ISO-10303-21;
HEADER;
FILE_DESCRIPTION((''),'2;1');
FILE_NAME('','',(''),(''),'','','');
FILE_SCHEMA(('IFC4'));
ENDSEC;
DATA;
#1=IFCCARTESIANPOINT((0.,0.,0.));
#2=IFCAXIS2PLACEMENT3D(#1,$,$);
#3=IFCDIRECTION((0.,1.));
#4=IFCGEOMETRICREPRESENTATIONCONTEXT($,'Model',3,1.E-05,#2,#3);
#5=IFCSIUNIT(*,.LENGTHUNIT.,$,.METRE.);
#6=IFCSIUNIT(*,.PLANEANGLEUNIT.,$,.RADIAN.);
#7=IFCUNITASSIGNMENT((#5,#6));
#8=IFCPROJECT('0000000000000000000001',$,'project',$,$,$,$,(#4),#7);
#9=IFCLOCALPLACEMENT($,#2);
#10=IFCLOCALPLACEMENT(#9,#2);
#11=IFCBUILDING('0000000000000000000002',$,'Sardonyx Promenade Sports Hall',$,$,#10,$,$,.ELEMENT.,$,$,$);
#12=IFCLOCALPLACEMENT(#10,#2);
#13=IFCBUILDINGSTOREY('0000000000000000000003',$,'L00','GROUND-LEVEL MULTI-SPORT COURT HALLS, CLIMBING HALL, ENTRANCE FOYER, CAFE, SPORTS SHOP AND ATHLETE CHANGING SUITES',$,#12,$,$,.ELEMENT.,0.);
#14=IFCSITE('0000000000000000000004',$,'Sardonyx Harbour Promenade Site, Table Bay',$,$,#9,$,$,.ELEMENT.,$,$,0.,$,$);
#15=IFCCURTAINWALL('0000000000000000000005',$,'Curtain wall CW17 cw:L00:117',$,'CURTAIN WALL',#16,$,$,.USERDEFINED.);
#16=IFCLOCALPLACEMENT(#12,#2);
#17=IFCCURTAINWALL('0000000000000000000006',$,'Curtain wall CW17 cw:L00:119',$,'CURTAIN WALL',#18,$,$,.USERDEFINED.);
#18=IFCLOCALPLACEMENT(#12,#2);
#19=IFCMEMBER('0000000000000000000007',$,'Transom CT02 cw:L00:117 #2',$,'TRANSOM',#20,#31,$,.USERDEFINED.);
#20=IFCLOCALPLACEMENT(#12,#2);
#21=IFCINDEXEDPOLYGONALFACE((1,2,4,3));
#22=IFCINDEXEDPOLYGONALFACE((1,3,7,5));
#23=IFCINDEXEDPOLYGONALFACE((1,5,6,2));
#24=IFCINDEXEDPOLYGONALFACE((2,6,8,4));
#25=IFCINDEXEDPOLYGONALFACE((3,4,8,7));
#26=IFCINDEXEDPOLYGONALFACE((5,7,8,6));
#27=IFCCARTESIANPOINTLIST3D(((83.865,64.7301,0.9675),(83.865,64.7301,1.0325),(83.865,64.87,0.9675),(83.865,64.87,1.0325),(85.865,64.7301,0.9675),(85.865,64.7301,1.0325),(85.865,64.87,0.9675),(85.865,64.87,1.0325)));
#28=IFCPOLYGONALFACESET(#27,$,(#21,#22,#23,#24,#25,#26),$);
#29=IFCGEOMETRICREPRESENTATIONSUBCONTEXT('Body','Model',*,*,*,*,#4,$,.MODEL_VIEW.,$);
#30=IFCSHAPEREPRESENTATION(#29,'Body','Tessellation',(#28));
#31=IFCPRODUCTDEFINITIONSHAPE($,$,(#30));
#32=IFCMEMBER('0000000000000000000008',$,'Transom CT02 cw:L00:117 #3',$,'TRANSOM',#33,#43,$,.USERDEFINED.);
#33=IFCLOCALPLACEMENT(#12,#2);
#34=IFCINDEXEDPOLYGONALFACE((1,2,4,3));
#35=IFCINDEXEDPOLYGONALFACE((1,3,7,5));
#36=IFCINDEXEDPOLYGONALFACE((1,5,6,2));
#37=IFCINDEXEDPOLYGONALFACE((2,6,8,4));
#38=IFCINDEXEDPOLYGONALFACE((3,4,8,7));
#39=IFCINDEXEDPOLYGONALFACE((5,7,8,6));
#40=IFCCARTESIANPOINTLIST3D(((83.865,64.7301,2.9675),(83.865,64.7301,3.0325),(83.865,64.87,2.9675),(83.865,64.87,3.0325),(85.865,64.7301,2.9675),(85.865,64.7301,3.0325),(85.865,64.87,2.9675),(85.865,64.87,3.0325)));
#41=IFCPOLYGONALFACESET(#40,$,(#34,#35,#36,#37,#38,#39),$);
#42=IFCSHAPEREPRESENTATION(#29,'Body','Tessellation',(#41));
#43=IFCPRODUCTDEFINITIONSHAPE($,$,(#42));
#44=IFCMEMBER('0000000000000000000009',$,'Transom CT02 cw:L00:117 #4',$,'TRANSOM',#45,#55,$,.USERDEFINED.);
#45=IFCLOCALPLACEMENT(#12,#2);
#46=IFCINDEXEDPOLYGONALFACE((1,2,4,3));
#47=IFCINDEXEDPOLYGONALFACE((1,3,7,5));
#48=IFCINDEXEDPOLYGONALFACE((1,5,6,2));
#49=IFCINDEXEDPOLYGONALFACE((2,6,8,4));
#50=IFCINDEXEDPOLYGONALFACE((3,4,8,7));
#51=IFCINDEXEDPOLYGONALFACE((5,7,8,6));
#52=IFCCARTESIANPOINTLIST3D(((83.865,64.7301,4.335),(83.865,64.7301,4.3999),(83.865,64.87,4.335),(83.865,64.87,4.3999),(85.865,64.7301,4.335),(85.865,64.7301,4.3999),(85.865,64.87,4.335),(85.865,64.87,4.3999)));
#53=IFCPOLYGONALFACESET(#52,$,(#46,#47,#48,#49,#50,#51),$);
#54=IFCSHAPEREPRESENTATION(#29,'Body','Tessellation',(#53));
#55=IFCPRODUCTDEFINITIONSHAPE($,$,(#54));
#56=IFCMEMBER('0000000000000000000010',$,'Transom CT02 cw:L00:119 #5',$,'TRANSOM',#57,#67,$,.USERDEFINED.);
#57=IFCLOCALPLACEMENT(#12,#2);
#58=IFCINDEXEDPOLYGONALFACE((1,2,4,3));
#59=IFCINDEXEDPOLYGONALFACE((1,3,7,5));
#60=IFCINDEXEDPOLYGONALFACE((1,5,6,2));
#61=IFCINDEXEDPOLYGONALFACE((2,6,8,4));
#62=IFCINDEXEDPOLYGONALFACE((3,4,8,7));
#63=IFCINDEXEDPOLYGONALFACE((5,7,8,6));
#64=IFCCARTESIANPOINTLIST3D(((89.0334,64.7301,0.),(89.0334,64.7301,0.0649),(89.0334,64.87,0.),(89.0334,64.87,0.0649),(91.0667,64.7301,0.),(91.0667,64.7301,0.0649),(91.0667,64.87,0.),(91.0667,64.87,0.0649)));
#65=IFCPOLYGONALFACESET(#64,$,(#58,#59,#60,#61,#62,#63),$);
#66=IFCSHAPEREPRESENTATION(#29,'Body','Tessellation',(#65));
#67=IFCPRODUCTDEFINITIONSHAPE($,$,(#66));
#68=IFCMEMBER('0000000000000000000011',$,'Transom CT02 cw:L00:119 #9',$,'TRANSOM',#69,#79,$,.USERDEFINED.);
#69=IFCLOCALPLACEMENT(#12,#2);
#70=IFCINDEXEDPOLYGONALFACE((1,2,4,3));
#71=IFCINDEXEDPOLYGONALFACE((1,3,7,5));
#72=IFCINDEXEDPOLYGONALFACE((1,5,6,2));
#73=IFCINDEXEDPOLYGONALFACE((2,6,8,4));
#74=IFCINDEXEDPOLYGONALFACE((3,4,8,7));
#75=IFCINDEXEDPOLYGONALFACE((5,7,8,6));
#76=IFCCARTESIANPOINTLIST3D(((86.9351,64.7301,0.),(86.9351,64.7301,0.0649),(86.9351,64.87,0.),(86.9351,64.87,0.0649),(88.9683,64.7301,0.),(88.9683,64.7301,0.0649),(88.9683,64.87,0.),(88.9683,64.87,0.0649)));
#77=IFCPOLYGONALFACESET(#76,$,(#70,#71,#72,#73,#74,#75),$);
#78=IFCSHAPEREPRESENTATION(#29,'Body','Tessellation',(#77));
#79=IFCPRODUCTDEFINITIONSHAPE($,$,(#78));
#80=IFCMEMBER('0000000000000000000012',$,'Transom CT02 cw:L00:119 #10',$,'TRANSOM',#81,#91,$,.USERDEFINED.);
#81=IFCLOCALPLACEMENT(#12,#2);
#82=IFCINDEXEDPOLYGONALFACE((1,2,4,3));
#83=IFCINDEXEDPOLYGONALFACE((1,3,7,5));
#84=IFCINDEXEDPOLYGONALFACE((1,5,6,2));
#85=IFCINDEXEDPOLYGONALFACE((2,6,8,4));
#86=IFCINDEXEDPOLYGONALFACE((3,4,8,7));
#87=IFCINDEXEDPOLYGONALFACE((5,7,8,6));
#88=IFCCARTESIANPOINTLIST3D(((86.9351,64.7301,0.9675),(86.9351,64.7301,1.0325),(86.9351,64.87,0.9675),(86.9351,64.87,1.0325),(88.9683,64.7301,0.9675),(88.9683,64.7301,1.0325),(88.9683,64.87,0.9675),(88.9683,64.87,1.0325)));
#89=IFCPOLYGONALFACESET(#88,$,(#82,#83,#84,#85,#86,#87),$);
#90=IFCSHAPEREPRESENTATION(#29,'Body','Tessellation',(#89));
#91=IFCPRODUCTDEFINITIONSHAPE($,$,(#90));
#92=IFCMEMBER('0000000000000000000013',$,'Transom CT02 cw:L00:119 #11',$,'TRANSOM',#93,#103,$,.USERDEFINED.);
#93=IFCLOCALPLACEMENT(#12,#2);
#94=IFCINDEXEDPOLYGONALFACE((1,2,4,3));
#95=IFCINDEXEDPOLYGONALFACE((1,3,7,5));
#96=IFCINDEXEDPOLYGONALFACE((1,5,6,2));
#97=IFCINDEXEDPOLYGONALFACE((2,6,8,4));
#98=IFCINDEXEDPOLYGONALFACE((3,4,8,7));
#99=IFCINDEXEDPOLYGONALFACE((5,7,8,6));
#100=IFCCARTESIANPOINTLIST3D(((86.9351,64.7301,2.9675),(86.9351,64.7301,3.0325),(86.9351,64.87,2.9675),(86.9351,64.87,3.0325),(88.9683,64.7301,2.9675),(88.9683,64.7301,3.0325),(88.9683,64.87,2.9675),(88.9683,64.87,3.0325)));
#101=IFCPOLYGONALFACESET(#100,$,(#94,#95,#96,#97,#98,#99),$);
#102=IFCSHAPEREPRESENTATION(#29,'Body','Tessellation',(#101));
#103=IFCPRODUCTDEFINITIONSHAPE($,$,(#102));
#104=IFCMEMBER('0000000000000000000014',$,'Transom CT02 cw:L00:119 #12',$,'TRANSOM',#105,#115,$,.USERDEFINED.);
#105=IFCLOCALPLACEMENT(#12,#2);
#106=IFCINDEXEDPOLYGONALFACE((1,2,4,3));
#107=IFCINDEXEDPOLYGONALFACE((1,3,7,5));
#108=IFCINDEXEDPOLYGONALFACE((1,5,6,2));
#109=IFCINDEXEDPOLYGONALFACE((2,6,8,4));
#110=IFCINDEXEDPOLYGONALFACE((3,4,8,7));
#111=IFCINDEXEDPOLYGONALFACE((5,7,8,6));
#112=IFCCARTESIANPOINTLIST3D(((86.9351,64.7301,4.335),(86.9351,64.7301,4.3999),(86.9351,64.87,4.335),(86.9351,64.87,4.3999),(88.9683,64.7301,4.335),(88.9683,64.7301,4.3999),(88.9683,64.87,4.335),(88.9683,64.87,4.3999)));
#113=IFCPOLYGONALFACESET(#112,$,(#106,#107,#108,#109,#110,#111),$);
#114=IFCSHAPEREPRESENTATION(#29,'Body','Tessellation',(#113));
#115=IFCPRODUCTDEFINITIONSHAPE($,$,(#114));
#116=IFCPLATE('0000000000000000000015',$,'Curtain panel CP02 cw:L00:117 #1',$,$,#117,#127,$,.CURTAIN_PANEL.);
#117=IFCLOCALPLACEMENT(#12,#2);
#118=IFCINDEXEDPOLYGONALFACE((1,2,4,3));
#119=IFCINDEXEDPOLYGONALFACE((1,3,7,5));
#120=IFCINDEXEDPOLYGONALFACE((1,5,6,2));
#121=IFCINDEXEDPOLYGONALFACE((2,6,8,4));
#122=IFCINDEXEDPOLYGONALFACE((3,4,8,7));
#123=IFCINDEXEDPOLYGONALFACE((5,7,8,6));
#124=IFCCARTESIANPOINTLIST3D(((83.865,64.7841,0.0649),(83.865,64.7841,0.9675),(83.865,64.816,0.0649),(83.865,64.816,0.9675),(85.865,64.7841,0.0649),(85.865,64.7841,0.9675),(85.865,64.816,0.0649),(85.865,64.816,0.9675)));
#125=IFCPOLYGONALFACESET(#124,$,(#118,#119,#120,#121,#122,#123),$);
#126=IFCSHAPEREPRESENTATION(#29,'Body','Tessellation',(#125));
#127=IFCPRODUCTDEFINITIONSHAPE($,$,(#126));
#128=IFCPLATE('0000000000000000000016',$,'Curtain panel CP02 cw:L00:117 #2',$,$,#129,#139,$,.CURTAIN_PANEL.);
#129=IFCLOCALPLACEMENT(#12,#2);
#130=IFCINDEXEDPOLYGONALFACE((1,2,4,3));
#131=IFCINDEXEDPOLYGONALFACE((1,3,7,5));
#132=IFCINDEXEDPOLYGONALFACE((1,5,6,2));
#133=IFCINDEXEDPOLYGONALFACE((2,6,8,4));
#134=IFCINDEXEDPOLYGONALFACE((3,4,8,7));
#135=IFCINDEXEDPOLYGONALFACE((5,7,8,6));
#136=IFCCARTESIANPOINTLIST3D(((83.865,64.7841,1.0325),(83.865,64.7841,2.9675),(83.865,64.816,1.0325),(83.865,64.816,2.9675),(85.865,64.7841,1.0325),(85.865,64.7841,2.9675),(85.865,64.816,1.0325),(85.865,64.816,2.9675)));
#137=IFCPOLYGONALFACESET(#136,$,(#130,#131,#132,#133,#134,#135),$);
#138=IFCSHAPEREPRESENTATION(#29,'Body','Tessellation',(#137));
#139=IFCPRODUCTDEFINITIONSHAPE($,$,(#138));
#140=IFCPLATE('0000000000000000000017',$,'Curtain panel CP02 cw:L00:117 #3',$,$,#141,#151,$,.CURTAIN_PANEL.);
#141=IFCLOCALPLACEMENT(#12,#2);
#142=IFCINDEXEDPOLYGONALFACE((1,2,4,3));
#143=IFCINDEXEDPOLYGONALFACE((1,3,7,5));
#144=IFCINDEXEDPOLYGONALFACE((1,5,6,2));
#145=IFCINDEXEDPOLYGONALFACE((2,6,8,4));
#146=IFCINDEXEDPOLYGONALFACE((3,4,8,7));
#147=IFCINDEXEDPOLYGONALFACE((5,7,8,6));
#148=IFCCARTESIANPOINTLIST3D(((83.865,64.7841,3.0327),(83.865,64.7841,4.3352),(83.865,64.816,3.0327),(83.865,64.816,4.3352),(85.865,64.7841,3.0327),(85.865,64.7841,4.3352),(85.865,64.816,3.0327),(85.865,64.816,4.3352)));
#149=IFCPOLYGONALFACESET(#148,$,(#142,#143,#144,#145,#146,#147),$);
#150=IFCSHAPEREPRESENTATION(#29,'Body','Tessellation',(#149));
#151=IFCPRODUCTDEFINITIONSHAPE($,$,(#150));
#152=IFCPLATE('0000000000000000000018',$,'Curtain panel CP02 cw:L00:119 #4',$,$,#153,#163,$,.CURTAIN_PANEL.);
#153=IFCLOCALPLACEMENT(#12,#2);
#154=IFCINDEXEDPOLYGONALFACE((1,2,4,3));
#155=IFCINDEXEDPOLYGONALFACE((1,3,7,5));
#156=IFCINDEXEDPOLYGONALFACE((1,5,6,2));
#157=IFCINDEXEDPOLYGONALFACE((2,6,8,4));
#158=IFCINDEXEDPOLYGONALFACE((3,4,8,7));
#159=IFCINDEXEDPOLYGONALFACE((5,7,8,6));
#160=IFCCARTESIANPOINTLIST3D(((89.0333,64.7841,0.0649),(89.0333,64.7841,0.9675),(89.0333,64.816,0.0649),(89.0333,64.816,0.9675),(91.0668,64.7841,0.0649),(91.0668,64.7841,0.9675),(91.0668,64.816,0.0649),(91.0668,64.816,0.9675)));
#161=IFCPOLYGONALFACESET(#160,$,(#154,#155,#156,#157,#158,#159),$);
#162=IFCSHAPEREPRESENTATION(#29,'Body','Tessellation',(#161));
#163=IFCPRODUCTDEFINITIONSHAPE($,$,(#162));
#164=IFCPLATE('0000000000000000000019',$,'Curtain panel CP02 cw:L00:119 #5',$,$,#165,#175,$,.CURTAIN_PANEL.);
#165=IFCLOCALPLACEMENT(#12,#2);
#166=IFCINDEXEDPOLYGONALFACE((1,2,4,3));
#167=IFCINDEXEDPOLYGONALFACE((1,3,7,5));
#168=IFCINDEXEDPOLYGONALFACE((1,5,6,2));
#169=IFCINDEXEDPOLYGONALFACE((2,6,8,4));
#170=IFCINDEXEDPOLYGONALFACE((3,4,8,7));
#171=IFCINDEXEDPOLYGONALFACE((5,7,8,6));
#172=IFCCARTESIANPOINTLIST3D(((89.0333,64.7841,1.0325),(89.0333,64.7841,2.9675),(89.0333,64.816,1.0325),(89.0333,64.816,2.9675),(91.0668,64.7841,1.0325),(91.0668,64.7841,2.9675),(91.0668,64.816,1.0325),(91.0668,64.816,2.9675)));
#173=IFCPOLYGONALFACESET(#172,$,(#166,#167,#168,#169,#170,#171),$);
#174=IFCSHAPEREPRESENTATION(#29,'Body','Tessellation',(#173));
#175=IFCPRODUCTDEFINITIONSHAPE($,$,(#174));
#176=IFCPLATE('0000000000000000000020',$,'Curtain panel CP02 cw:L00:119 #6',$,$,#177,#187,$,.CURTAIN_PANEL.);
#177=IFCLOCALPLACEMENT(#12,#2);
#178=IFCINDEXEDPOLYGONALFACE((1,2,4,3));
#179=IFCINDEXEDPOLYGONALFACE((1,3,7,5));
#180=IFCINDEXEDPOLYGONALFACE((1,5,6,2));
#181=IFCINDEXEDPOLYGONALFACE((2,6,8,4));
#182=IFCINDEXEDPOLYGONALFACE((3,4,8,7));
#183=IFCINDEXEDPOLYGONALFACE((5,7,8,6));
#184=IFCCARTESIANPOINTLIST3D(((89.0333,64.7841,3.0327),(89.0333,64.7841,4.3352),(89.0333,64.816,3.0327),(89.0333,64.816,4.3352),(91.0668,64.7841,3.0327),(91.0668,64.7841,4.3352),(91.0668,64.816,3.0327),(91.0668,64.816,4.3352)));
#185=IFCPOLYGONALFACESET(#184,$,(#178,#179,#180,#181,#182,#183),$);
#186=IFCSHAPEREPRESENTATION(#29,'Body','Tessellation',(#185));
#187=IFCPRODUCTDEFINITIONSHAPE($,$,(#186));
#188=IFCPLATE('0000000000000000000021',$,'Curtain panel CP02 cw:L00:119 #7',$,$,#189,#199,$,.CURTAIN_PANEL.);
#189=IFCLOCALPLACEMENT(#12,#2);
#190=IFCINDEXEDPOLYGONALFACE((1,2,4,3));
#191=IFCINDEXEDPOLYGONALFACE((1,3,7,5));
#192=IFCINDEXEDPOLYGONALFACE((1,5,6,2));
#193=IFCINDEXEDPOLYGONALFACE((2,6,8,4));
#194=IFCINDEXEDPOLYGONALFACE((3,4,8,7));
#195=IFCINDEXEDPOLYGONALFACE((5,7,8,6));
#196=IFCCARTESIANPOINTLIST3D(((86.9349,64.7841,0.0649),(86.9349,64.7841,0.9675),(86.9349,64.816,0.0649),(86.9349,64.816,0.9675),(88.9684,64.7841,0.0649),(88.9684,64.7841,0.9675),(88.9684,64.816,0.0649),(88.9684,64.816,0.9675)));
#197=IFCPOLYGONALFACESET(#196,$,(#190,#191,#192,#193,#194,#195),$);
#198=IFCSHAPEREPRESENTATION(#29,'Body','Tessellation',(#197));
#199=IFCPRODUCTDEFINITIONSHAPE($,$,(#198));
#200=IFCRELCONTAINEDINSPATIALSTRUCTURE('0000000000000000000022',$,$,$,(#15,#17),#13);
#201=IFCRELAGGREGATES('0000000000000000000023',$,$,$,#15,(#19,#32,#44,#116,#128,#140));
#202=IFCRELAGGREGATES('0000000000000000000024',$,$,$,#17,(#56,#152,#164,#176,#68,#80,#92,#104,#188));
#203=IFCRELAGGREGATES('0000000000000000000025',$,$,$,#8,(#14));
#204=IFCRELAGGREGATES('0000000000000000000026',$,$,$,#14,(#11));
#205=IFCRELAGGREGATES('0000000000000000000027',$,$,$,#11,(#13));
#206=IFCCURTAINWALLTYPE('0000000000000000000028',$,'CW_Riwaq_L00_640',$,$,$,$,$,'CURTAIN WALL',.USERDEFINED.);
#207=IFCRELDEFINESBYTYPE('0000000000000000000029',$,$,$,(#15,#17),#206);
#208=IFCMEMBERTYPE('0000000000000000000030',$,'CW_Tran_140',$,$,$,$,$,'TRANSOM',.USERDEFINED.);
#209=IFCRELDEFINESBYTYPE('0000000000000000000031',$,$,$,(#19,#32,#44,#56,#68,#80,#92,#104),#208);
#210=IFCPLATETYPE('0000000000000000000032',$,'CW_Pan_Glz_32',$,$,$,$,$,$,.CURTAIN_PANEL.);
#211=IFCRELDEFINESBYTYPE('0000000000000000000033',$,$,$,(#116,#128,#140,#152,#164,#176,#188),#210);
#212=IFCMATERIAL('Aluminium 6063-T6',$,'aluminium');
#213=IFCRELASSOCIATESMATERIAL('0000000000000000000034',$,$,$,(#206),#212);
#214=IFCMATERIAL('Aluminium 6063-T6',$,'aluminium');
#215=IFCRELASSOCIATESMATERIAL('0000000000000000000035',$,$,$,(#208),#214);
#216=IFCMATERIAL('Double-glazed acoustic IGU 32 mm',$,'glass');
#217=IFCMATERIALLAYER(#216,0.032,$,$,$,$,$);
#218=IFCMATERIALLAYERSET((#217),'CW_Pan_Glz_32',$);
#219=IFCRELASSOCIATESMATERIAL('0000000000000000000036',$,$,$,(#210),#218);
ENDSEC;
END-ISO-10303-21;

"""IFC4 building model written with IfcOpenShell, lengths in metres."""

from ifc_helpers import new_model, si_unit, direction, frame, origin, origin_2d, place, context, subcontext, project, spatial, rectangle, extrude, material, layer, layer_set, material_profile, profile_set, type_object, element, aggregate, save


model = new_model("IFC4")

# Units and contexts
model_context = context("Model", 3, precision=1e-05, world=origin(), true_north=direction((0.0, 1.0)))
body_context = subcontext(model_context, "Body", "Model", "MODEL_VIEW")
ifc_project = project(units=[si_unit("LENGTHUNIT", "METRE"), si_unit("PLANEANGLEUNIT", "RADIAN")], contexts=[model_context])

# Site, building, storey
site_placement = place(None, origin())
site = spatial("IfcSite", under=ifc_project, at=site_placement, Name="Sardonyx Harbour Promenade Site, Table Bay", CompositionType="ELEMENT", RefElevation=0.0)
building_placement = place(site_placement, origin())
building = spatial("IfcBuilding", under=site, at=building_placement, Name="Sardonyx Promenade Sports Hall", CompositionType="ELEMENT")
storey_placement = place(building_placement, origin())
storey = spatial("IfcBuildingStorey", under=building, at=storey_placement, Name="L00", Description="GROUND-LEVEL MULTI-SPORT COURT HALLS, CLIMBING HALL, ENTRANCE FOYER, CAFE, SPORTS SHOP AND ATHLETE CHANGING SUITES", CompositionType="ELEMENT", Elevation=0.0)

# Curtain wall
ifc_material_1 = material(Name="Aluminium 6063-T6", Category="aluminium")
curtain_wall_type = type_object("IfcCurtainWallType", Name="CW_Riwaq_L00_640", ElementType="CURTAIN WALL", PredefinedType="USERDEFINED", material=ifc_material_1)
curtain_wall_1_placement = place(storey_placement, origin())
curtain_wall_1 = element("IfcCurtainWall", 1, at=curtain_wall_1_placement, inside=storey, type_object=curtain_wall_type, Name="Curtain wall CW17 cw:L00:117", ObjectType="CURTAIN WALL", PredefinedType="USERDEFINED")

# Curtain wall
curtain_wall_2_placement = place(storey_placement, origin())
curtain_wall_2 = element("IfcCurtainWall", 2, at=curtain_wall_2_placement, inside=storey, type_object=curtain_wall_type, Name="Curtain wall CW17 cw:L00:119", ObjectType="CURTAIN WALL", PredefinedType="USERDEFINED")

# Members
ifc_material_2 = material(Name="Aluminium 6063-T6", Category="aluminium")
ifc_material_profile_1 = material_profile(ifc_material_2, rectangle(XDim=0.0649, YDim=0.1399, at=origin_2d()))
ifc_profile_set_1 = profile_set([ifc_material_profile_1], Name="Aluminium 6063-T6")
member_type_1 = type_object("IfcMemberType", Name="CW_Tran_140", ElementType="TRANSOM", PredefinedType="USERDEFINED", material=ifc_profile_set_1)
member_1_placement = place(storey_placement, frame((85.865, 64.8, 1.0), z_axis=(-1.0, 0.0, 0.0), x_axis=(0.0, 0.0, 1.0)))
member_1 = element("IfcMember", 3, at=member_1_placement, type_object=member_type_1, Name="Transom CT02 cw:L00:117 #2", ObjectType="TRANSOM", PredefinedType="USERDEFINED", context=body_context, shape_type="SweptSolid", body=[
    extrude(rectangle(XDim=0.0649, YDim=0.1399, at=origin_2d()), origin(), (0.0, 0.0, 1.0), 2.0),
])
member_2_placement = place(storey_placement, frame((85.865, 64.8, 3.0), z_axis=(-1.0, 0.0, 0.0), x_axis=(0.0, 0.0, 1.0)))
member_2 = element("IfcMember", 4, at=member_2_placement, type_object=member_type_1, Name="Transom CT02 cw:L00:117 #3", ObjectType="TRANSOM", PredefinedType="USERDEFINED", context=body_context, shape_type="SweptSolid", body=[
    extrude(rectangle(XDim=0.0649, YDim=0.1399, at=origin_2d()), origin(), (0.0, 0.0, 1.0), 2.0),
])
member_3_placement = place(storey_placement, frame((85.865, 64.8, 4.3674), z_axis=(-1.0, 0.0, 0.0), x_axis=(0.0, 0.0, 1.0)))
member_3 = element("IfcMember", 5, at=member_3_placement, type_object=member_type_1, Name="Transom CT02 cw:L00:117 #4", ObjectType="TRANSOM", PredefinedType="USERDEFINED", context=body_context, shape_type="SweptSolid", body=[
    extrude(rectangle(XDim=0.0649, YDim=0.1399, at=origin_2d()), origin(), (0.0, 0.0, 1.0), 2.0),
])
member_4_placement = place(storey_placement, frame((91.0667, 64.8, 0.0325), z_axis=(-1.0, 0.0, 0.0), x_axis=(0.0, 0.0, 1.0)))
member_4 = element("IfcMember", 6, at=member_4_placement, type_object=member_type_1, Name="Transom CT02 cw:L00:119 #5", ObjectType="TRANSOM", PredefinedType="USERDEFINED", context=body_context, shape_type="SweptSolid", body=[
    extrude(rectangle(XDim=0.0649, YDim=0.1399, at=origin_2d()), origin(), (0.0, 0.0, 1.0), 2.0332),
])
member_5_placement = place(storey_placement, frame((88.9683, 64.8, 0.0325), z_axis=(-1.0, 0.0, 0.0), x_axis=(0.0, 0.0, 1.0)))
member_5 = element("IfcMember", 7, at=member_5_placement, type_object=member_type_1, Name="Transom CT02 cw:L00:119 #9", ObjectType="TRANSOM", PredefinedType="USERDEFINED", context=body_context, shape_type="SweptSolid", body=[
    extrude(rectangle(XDim=0.0649, YDim=0.1399, at=origin_2d()), origin(), (0.0, 0.0, 1.0), 2.0332),
])
member_6_placement = place(storey_placement, frame((88.9683, 64.8, 1.0), z_axis=(-1.0, 0.0, 0.0), x_axis=(0.0, 0.0, 1.0)))
member_6 = element("IfcMember", 8, at=member_6_placement, type_object=member_type_1, Name="Transom CT02 cw:L00:119 #10", ObjectType="TRANSOM", PredefinedType="USERDEFINED", context=body_context, shape_type="SweptSolid", body=[
    extrude(rectangle(XDim=0.0649, YDim=0.1399, at=origin_2d()), origin(), (0.0, 0.0, 1.0), 2.0332),
])
member_7_placement = place(storey_placement, frame((88.9683, 64.8, 3.0), z_axis=(-1.0, 0.0, 0.0), x_axis=(0.0, 0.0, 1.0)))
member_7 = element("IfcMember", 9, at=member_7_placement, type_object=member_type_1, Name="Transom CT02 cw:L00:119 #11", ObjectType="TRANSOM", PredefinedType="USERDEFINED", context=body_context, shape_type="SweptSolid", body=[
    extrude(rectangle(XDim=0.0649, YDim=0.1399, at=origin_2d()), origin(), (0.0, 0.0, 1.0), 2.0332),
])
member_8_placement = place(storey_placement, frame((88.9683, 64.8, 4.3674), z_axis=(-1.0, 0.0, 0.0), x_axis=(0.0, 0.0, 1.0)))
member_8 = element("IfcMember", 10, at=member_8_placement, type_object=member_type_1, Name="Transom CT02 cw:L00:119 #12", ObjectType="TRANSOM", PredefinedType="USERDEFINED", context=body_context, shape_type="SweptSolid", body=[
    extrude(rectangle(XDim=0.0649, YDim=0.1399, at=origin_2d()), origin(), (0.0, 0.0, 1.0), 2.0332),
])

# Plates
ifc_material_3 = material(Name="Double-glazed acoustic IGU 32 mm", Category="glass")
ifc_layer = layer(ifc_material_3, 0.032)
ifc_layer_set = layer_set([ifc_layer], Name="CW_Pan_Glz_32")
plate_type = type_object("IfcPlateType", Name="CW_Pan_Glz_32", PredefinedType="CURTAIN_PANEL", material=ifc_layer_set)
plate_1_placement = place(storey_placement, frame((84.865, 64.8, 0.0649), z_axis=(0.0, 0.0, 1.0), x_axis=(-1.0, 0.0, 0.0)))
plate_1 = element("IfcPlate", 11, at=plate_1_placement, type_object=plate_type, Name="Curtain panel CP02 cw:L00:117 #1", PredefinedType="CURTAIN_PANEL", context=body_context, shape_type="SweptSolid", body=[
    extrude(rectangle(XDim=2.0, YDim=0.032, at=origin_2d()), origin(), (0.0, 0.0, 1.0), 0.9026),
])
plate_2_placement = place(storey_placement, frame((84.865, 64.8, 1.0325), z_axis=(0.0, 0.0, 1.0), x_axis=(-1.0, 0.0, 0.0)))
plate_2 = element("IfcPlate", 12, at=plate_2_placement, type_object=plate_type, Name="Curtain panel CP02 cw:L00:117 #2", PredefinedType="CURTAIN_PANEL", context=body_context, shape_type="SweptSolid", body=[
    extrude(rectangle(XDim=2.0, YDim=0.032, at=origin_2d()), origin(), (0.0, 0.0, 1.0), 1.9351),
])
plate_3_placement = place(storey_placement, frame((84.865, 64.8, 3.0327), z_axis=(0.0, 0.0, 1.0), x_axis=(-1.0, 0.0, 0.0)))
plate_3 = element("IfcPlate", 13, at=plate_3_placement, type_object=plate_type, Name="Curtain panel CP02 cw:L00:117 #3", PredefinedType="CURTAIN_PANEL", context=body_context, shape_type="SweptSolid", body=[
    extrude(rectangle(XDim=2.0, YDim=0.032, at=origin_2d()), origin(), (0.0, 0.0, 1.0), 1.3025),
])
aggregate(curtain_wall_1, [member_1, member_2, member_3, plate_1, plate_2, plate_3])
plate_4_placement = place(storey_placement, frame((90.05, 64.8, 0.0649), z_axis=(0.0, 0.0, 1.0), x_axis=(-1.0, 0.0, 0.0)))
plate_4 = element("IfcPlate", 14, at=plate_4_placement, type_object=plate_type, Name="Curtain panel CP02 cw:L00:119 #4", PredefinedType="CURTAIN_PANEL", context=body_context, shape_type="SweptSolid", body=[
    extrude(rectangle(XDim=2.0334, YDim=0.032, at=origin_2d()), origin(), (0.0, 0.0, 1.0), 0.9026),
])
plate_5_placement = place(storey_placement, frame((90.05, 64.8, 1.0325), z_axis=(0.0, 0.0, 1.0), x_axis=(-1.0, 0.0, 0.0)))
plate_5 = element("IfcPlate", 15, at=plate_5_placement, type_object=plate_type, Name="Curtain panel CP02 cw:L00:119 #5", PredefinedType="CURTAIN_PANEL", context=body_context, shape_type="SweptSolid", body=[
    extrude(rectangle(XDim=2.0334, YDim=0.032, at=origin_2d()), origin(), (0.0, 0.0, 1.0), 1.9351),
])
plate_6_placement = place(storey_placement, frame((90.05, 64.8, 3.0327), z_axis=(0.0, 0.0, 1.0), x_axis=(-1.0, 0.0, 0.0)))
plate_6 = element("IfcPlate", 16, at=plate_6_placement, type_object=plate_type, Name="Curtain panel CP02 cw:L00:119 #6", PredefinedType="CURTAIN_PANEL", context=body_context, shape_type="SweptSolid", body=[
    extrude(rectangle(XDim=2.0334, YDim=0.032, at=origin_2d()), origin(), (0.0, 0.0, 1.0), 1.3025),
])
plate_7_placement = place(storey_placement, frame((87.9517, 64.8, 0.0649), z_axis=(0.0, 0.0, 1.0), x_axis=(-1.0, 0.0, 0.0)))
plate_7 = element("IfcPlate", 17, at=plate_7_placement, type_object=plate_type, Name="Curtain panel CP02 cw:L00:119 #7", PredefinedType="CURTAIN_PANEL", context=body_context, shape_type="SweptSolid", body=[
    extrude(rectangle(XDim=2.0334, YDim=0.032, at=origin_2d()), origin(), (0.0, 0.0, 1.0), 0.9026),
])
aggregate(curtain_wall_2, [member_4, plate_4, plate_5, plate_6, member_5, member_6, member_7, member_8, plate_7])

save(model, "model.ifc")
